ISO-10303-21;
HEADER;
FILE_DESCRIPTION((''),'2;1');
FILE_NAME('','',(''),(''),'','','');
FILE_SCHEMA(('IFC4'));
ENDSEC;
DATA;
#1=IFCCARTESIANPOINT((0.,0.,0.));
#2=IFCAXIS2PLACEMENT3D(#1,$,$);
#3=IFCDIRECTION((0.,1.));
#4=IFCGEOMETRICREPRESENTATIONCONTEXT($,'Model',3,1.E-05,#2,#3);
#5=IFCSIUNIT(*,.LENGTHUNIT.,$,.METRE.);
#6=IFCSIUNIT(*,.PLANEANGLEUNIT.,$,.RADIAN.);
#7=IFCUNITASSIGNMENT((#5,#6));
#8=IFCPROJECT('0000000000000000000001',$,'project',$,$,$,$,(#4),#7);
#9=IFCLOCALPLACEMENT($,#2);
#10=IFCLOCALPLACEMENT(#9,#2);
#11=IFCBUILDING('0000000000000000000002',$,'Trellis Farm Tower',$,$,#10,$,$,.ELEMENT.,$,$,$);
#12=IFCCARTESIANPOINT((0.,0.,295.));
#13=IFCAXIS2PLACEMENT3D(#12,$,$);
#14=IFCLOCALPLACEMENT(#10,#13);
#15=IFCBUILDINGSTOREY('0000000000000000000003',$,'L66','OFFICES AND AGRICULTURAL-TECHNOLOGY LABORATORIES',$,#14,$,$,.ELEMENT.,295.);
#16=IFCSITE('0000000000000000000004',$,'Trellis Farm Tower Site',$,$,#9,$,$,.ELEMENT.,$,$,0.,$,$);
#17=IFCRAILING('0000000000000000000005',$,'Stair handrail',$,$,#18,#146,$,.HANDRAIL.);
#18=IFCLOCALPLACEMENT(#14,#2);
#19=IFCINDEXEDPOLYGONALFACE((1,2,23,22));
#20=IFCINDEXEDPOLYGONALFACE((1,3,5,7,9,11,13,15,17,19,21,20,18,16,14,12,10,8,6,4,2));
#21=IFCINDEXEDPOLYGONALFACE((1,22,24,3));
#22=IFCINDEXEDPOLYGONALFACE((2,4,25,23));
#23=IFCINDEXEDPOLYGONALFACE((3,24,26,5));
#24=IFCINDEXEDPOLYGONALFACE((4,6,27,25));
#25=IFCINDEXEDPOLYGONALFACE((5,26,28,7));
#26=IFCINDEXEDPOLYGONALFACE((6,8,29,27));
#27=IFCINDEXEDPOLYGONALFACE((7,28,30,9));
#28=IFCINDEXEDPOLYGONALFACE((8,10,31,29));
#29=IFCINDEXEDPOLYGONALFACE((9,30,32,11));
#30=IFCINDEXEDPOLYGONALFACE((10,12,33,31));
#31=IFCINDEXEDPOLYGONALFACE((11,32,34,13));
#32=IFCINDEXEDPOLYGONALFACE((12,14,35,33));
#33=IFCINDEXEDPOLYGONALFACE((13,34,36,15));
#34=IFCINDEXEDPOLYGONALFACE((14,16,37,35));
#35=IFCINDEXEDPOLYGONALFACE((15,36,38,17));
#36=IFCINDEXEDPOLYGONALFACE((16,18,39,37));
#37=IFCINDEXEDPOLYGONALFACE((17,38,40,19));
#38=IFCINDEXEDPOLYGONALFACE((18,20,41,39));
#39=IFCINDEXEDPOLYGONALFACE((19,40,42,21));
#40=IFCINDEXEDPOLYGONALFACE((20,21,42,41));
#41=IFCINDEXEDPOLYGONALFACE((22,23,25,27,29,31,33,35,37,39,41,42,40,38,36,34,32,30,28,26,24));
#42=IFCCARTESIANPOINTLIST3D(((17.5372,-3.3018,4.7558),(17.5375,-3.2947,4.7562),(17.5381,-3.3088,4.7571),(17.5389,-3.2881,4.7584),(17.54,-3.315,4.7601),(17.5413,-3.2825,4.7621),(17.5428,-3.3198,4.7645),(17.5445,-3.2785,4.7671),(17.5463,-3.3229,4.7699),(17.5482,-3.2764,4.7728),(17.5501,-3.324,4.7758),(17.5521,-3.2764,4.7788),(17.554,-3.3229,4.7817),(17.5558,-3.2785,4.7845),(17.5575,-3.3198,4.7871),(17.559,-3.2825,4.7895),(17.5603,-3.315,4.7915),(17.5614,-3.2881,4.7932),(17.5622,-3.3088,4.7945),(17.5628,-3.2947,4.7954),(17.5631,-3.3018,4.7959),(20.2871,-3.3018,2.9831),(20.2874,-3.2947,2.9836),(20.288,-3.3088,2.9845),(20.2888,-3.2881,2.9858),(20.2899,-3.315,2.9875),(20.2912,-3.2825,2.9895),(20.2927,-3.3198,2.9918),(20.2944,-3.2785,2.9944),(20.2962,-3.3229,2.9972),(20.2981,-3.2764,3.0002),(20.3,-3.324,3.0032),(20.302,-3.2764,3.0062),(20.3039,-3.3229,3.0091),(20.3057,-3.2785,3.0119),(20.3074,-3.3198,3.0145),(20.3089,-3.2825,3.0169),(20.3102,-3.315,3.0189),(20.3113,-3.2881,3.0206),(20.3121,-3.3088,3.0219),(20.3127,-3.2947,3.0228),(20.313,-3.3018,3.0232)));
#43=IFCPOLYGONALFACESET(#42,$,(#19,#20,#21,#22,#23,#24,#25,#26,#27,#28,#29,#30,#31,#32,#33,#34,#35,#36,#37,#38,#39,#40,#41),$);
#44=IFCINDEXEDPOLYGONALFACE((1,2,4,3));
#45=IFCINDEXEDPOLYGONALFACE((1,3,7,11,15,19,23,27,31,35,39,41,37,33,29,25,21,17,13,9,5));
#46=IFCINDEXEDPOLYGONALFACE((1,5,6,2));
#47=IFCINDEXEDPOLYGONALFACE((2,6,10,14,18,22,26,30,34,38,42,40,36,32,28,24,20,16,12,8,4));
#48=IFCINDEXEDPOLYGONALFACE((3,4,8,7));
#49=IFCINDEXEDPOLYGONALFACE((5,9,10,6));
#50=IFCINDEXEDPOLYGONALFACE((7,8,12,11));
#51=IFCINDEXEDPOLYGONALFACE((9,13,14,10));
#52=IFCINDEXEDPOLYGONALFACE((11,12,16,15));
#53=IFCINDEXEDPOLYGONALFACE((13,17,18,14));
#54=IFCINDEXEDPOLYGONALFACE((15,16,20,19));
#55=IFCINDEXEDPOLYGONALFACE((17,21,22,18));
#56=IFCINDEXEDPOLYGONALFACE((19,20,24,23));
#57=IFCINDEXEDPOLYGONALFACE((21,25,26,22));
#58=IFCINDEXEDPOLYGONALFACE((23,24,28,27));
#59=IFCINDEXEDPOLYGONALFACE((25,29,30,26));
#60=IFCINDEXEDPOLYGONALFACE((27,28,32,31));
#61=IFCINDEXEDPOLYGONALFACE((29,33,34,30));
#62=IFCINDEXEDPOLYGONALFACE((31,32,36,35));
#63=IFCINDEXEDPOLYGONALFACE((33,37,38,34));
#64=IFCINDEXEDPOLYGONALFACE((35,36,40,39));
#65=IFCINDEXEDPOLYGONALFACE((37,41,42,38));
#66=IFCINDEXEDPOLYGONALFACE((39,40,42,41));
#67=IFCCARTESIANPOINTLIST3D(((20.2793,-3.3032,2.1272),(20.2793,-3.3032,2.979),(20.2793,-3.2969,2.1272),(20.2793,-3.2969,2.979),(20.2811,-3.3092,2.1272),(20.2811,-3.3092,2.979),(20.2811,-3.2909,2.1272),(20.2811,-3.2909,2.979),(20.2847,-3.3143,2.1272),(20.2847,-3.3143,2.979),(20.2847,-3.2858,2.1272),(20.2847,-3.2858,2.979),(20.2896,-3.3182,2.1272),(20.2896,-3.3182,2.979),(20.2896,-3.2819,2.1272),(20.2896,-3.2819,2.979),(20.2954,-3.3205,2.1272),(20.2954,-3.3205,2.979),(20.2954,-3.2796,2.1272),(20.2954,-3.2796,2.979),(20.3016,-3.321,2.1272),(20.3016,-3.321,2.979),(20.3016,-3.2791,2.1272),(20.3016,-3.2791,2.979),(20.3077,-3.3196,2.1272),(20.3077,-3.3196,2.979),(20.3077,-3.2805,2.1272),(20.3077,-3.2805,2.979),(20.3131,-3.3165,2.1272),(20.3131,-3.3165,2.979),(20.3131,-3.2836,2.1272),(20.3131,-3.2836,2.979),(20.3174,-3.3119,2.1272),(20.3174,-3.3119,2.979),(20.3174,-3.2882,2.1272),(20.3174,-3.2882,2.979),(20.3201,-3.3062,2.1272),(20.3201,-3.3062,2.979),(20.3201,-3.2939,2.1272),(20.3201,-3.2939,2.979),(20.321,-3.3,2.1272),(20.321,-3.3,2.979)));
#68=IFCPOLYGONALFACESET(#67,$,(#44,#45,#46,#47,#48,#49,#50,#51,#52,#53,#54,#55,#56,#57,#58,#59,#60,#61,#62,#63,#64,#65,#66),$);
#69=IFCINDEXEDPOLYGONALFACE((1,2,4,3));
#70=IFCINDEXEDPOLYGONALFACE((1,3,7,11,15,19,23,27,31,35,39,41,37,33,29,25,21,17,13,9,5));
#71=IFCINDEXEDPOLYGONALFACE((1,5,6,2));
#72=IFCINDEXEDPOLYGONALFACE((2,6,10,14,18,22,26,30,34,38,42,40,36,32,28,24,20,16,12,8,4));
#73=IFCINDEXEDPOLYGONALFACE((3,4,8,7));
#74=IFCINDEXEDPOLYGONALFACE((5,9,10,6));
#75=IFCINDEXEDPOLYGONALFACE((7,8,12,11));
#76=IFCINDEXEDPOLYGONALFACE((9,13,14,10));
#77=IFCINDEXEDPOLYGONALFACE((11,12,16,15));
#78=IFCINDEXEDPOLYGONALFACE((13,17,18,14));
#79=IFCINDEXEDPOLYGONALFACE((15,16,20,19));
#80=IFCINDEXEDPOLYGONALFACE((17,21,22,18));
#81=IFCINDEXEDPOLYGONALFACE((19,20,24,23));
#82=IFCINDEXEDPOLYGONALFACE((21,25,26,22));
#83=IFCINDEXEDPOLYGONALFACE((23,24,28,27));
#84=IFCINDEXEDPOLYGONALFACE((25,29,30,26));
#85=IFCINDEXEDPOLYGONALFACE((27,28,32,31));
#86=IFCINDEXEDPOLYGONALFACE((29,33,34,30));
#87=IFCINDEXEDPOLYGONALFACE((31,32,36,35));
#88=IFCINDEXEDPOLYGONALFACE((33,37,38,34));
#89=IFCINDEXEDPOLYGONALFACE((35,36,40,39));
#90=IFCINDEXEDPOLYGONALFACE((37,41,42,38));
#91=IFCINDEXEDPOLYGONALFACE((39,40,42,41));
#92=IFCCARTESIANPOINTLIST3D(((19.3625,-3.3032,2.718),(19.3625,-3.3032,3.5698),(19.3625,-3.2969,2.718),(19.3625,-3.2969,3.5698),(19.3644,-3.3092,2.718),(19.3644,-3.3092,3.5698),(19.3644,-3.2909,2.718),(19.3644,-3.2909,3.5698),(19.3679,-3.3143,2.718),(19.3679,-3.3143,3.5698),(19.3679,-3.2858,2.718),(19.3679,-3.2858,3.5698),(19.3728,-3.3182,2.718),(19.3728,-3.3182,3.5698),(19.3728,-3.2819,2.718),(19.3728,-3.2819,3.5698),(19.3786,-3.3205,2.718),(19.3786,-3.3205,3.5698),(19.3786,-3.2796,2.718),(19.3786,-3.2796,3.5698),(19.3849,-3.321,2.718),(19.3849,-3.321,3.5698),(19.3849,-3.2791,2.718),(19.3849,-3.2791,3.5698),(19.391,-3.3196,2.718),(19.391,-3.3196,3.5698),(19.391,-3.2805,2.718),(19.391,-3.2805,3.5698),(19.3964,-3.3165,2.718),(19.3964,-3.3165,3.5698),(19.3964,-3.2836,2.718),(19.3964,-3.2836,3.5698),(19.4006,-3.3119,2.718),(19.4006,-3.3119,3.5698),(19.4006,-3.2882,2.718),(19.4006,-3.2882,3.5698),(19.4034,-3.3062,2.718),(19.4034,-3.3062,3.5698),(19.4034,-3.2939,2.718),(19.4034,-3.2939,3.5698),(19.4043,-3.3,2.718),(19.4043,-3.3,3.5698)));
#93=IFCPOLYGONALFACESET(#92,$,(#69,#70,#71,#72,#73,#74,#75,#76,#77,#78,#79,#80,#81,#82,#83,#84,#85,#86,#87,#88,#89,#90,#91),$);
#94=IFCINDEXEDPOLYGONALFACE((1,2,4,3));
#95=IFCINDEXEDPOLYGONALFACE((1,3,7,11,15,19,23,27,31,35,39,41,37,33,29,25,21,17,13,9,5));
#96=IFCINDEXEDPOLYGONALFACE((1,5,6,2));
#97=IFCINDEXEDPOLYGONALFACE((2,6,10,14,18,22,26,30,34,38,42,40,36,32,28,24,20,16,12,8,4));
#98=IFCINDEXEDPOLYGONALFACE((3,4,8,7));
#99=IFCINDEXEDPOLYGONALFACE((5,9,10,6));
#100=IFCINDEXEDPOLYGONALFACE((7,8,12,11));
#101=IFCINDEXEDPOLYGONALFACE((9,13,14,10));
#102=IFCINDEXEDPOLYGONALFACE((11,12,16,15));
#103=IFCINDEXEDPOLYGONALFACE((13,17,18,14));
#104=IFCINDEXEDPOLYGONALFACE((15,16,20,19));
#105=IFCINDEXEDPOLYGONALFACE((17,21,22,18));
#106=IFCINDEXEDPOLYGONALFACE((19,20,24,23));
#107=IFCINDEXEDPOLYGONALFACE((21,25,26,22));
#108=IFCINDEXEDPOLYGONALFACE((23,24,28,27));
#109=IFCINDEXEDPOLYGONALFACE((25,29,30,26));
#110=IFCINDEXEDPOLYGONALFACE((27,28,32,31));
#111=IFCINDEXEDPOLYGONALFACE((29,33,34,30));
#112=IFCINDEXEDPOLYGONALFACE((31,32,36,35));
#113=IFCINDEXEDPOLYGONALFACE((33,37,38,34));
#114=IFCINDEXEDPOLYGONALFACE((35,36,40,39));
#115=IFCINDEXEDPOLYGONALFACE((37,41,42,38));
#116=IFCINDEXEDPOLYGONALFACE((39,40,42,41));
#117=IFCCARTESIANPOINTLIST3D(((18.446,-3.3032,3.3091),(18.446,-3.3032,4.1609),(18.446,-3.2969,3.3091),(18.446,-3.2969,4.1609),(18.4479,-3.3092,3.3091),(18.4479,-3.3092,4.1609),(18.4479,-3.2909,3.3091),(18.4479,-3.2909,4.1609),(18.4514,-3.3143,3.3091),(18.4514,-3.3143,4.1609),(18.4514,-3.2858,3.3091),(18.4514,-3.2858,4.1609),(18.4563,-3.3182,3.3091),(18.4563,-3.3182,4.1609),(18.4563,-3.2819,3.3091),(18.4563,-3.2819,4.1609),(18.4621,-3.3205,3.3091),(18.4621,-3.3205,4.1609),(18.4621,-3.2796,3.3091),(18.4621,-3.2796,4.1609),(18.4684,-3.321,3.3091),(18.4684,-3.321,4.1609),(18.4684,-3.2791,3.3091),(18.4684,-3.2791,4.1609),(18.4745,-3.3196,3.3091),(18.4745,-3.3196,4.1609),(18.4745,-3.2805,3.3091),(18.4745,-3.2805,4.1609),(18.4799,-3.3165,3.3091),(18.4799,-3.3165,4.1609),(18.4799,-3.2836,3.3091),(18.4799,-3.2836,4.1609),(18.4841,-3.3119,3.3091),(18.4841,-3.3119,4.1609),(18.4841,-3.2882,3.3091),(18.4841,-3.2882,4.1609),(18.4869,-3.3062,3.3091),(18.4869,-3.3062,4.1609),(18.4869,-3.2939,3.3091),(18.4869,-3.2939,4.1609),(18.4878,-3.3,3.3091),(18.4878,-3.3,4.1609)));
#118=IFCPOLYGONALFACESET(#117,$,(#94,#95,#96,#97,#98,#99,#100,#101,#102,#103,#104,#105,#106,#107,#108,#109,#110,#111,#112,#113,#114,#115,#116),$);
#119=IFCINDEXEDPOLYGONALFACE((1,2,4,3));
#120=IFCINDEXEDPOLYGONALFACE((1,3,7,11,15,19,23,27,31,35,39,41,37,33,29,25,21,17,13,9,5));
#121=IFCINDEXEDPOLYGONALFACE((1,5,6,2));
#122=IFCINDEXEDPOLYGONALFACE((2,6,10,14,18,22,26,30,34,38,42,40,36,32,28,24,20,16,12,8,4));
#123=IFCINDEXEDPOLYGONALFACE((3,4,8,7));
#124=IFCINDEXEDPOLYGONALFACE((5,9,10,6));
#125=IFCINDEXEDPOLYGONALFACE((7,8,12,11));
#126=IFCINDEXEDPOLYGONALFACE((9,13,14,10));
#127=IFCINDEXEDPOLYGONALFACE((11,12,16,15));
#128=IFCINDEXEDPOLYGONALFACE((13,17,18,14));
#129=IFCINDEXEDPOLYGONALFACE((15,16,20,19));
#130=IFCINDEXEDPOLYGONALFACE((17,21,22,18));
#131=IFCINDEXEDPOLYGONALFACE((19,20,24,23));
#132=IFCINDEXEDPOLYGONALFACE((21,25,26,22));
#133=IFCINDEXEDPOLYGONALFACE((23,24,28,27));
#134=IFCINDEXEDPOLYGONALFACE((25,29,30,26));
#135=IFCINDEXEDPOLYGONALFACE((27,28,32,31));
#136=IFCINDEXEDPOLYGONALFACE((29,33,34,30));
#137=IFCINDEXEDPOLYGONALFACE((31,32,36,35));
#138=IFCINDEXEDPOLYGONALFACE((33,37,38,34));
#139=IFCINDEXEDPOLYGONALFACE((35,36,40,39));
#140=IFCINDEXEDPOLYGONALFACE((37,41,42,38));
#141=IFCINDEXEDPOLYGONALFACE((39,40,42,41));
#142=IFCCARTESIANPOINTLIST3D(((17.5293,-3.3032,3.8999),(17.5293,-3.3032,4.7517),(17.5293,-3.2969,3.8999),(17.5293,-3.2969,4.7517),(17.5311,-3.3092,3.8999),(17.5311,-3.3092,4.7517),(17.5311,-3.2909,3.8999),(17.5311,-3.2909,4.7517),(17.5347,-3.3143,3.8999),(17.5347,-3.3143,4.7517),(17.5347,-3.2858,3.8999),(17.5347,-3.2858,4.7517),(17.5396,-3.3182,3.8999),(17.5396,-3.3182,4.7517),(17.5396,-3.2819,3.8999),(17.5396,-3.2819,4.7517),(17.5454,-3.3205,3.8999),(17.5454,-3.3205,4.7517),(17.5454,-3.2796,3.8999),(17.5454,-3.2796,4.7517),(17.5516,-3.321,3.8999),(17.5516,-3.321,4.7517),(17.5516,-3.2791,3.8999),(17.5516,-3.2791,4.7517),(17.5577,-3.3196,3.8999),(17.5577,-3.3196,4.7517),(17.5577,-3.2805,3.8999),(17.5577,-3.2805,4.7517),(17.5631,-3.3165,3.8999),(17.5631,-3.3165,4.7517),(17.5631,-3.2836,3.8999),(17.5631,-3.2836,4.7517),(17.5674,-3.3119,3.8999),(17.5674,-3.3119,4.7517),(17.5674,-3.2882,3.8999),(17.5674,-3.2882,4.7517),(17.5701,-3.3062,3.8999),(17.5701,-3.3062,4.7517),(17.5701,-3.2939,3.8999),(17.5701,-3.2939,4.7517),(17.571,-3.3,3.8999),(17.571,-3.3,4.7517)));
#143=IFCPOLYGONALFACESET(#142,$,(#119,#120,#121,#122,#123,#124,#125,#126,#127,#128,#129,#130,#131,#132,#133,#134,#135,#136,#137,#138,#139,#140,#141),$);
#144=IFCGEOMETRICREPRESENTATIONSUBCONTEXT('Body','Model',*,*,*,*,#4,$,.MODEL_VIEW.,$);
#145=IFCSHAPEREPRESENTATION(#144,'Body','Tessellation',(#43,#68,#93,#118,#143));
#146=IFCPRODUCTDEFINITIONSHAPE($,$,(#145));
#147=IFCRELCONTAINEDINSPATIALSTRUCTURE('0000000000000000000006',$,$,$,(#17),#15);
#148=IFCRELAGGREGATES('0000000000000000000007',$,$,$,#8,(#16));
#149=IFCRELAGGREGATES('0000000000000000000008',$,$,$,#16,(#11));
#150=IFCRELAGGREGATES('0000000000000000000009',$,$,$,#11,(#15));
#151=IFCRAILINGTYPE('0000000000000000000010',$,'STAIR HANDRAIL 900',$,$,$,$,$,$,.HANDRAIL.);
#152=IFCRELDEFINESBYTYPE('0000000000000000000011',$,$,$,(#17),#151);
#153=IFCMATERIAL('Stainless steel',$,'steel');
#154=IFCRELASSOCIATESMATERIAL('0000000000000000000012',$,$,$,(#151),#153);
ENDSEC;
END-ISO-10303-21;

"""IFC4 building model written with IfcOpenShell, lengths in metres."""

from ifc_helpers import new_model, si_unit, direction, frame, origin, origin_2d, place, context, subcontext, project, spatial, circle, extrude, source, transform, mapped, material, type_object, element, save


model = new_model("IFC4")

# Units and contexts
model_context = context("Model", 3, precision=1e-05, world=origin(), true_north=direction((0.0, 1.0)))
body_context = subcontext(model_context, "Body", "Model", "MODEL_VIEW")
ifc_project = project(units=[si_unit("LENGTHUNIT", "METRE"), si_unit("PLANEANGLEUNIT", "RADIAN")], contexts=[model_context])

# Site, building, storey
site_placement = place(None, origin())
site = spatial("IfcSite", under=ifc_project, at=site_placement, Name="Trellis Farm Tower Site", CompositionType="ELEMENT", RefElevation=0.0)
building_placement = place(site_placement, origin())
building = spatial("IfcBuilding", under=site, at=building_placement, Name="Trellis Farm Tower", CompositionType="ELEMENT")
storey_placement = place(building_placement, frame((0.0, 0.0, 295.0)))
storey = spatial("IfcBuildingStorey", under=building, at=storey_placement, Name="L66", Description="OFFICES AND AGRICULTURAL-TECHNOLOGY LABORATORIES", CompositionType="ELEMENT", Elevation=295.0)

# Railing
ifc_material_1 = material(Name="Stainless steel", Category="steel")
railing_type = type_object("IfcRailingType", Name="STAIR HANDRAIL 900", PredefinedType="HANDRAIL", material=ifc_material_1)
shared_shape_1 = source(origin(), body_context, "Body", "SweptSolid", [
    extrude(circle(Radius=0.0239, at=origin_2d()), frame((0.0, 0.0, 0.876), z_axis=(-0.840504, 0.0, 0.541806), x_axis=(0.0, -1.0, 0.0)), (0.0, 0.0, 1.0), 3.2717),
    extrude(circle(Radius=0.021, at=origin_2d()), origin(), (0.0, 0.0, 1.0), 0.8518),
    extrude(circle(Radius=0.021, at=origin_2d()), frame((-0.9167, 0.0, 0.5908)), (0.0, 0.0, 1.0), 0.8518),
    extrude(circle(Radius=0.021, at=origin_2d()), frame((-1.8333, 0.0, 1.1819)), (0.0, 0.0, 1.0), 0.8518),
    extrude(circle(Radius=0.021, at=origin_2d()), frame((-2.75, 0.0, 1.7727)), (0.0, 0.0, 1.0), 0.8518),
])
for number, where, name in (
    (1, (20.3, -3.3, 2.1272), "Stair handrail"),
):
    element("IfcRailing", number, at=place(storey_placement, frame(where)), inside=storey, type_object=railing_type, Name=name, PredefinedType="HANDRAIL", context=body_context, shape_type="MappedRepresentation", body=[
        mapped(shared_shape_1, transform((0.0, 0.0, 0.0))),
    ])

save(model, "model.ifc")
